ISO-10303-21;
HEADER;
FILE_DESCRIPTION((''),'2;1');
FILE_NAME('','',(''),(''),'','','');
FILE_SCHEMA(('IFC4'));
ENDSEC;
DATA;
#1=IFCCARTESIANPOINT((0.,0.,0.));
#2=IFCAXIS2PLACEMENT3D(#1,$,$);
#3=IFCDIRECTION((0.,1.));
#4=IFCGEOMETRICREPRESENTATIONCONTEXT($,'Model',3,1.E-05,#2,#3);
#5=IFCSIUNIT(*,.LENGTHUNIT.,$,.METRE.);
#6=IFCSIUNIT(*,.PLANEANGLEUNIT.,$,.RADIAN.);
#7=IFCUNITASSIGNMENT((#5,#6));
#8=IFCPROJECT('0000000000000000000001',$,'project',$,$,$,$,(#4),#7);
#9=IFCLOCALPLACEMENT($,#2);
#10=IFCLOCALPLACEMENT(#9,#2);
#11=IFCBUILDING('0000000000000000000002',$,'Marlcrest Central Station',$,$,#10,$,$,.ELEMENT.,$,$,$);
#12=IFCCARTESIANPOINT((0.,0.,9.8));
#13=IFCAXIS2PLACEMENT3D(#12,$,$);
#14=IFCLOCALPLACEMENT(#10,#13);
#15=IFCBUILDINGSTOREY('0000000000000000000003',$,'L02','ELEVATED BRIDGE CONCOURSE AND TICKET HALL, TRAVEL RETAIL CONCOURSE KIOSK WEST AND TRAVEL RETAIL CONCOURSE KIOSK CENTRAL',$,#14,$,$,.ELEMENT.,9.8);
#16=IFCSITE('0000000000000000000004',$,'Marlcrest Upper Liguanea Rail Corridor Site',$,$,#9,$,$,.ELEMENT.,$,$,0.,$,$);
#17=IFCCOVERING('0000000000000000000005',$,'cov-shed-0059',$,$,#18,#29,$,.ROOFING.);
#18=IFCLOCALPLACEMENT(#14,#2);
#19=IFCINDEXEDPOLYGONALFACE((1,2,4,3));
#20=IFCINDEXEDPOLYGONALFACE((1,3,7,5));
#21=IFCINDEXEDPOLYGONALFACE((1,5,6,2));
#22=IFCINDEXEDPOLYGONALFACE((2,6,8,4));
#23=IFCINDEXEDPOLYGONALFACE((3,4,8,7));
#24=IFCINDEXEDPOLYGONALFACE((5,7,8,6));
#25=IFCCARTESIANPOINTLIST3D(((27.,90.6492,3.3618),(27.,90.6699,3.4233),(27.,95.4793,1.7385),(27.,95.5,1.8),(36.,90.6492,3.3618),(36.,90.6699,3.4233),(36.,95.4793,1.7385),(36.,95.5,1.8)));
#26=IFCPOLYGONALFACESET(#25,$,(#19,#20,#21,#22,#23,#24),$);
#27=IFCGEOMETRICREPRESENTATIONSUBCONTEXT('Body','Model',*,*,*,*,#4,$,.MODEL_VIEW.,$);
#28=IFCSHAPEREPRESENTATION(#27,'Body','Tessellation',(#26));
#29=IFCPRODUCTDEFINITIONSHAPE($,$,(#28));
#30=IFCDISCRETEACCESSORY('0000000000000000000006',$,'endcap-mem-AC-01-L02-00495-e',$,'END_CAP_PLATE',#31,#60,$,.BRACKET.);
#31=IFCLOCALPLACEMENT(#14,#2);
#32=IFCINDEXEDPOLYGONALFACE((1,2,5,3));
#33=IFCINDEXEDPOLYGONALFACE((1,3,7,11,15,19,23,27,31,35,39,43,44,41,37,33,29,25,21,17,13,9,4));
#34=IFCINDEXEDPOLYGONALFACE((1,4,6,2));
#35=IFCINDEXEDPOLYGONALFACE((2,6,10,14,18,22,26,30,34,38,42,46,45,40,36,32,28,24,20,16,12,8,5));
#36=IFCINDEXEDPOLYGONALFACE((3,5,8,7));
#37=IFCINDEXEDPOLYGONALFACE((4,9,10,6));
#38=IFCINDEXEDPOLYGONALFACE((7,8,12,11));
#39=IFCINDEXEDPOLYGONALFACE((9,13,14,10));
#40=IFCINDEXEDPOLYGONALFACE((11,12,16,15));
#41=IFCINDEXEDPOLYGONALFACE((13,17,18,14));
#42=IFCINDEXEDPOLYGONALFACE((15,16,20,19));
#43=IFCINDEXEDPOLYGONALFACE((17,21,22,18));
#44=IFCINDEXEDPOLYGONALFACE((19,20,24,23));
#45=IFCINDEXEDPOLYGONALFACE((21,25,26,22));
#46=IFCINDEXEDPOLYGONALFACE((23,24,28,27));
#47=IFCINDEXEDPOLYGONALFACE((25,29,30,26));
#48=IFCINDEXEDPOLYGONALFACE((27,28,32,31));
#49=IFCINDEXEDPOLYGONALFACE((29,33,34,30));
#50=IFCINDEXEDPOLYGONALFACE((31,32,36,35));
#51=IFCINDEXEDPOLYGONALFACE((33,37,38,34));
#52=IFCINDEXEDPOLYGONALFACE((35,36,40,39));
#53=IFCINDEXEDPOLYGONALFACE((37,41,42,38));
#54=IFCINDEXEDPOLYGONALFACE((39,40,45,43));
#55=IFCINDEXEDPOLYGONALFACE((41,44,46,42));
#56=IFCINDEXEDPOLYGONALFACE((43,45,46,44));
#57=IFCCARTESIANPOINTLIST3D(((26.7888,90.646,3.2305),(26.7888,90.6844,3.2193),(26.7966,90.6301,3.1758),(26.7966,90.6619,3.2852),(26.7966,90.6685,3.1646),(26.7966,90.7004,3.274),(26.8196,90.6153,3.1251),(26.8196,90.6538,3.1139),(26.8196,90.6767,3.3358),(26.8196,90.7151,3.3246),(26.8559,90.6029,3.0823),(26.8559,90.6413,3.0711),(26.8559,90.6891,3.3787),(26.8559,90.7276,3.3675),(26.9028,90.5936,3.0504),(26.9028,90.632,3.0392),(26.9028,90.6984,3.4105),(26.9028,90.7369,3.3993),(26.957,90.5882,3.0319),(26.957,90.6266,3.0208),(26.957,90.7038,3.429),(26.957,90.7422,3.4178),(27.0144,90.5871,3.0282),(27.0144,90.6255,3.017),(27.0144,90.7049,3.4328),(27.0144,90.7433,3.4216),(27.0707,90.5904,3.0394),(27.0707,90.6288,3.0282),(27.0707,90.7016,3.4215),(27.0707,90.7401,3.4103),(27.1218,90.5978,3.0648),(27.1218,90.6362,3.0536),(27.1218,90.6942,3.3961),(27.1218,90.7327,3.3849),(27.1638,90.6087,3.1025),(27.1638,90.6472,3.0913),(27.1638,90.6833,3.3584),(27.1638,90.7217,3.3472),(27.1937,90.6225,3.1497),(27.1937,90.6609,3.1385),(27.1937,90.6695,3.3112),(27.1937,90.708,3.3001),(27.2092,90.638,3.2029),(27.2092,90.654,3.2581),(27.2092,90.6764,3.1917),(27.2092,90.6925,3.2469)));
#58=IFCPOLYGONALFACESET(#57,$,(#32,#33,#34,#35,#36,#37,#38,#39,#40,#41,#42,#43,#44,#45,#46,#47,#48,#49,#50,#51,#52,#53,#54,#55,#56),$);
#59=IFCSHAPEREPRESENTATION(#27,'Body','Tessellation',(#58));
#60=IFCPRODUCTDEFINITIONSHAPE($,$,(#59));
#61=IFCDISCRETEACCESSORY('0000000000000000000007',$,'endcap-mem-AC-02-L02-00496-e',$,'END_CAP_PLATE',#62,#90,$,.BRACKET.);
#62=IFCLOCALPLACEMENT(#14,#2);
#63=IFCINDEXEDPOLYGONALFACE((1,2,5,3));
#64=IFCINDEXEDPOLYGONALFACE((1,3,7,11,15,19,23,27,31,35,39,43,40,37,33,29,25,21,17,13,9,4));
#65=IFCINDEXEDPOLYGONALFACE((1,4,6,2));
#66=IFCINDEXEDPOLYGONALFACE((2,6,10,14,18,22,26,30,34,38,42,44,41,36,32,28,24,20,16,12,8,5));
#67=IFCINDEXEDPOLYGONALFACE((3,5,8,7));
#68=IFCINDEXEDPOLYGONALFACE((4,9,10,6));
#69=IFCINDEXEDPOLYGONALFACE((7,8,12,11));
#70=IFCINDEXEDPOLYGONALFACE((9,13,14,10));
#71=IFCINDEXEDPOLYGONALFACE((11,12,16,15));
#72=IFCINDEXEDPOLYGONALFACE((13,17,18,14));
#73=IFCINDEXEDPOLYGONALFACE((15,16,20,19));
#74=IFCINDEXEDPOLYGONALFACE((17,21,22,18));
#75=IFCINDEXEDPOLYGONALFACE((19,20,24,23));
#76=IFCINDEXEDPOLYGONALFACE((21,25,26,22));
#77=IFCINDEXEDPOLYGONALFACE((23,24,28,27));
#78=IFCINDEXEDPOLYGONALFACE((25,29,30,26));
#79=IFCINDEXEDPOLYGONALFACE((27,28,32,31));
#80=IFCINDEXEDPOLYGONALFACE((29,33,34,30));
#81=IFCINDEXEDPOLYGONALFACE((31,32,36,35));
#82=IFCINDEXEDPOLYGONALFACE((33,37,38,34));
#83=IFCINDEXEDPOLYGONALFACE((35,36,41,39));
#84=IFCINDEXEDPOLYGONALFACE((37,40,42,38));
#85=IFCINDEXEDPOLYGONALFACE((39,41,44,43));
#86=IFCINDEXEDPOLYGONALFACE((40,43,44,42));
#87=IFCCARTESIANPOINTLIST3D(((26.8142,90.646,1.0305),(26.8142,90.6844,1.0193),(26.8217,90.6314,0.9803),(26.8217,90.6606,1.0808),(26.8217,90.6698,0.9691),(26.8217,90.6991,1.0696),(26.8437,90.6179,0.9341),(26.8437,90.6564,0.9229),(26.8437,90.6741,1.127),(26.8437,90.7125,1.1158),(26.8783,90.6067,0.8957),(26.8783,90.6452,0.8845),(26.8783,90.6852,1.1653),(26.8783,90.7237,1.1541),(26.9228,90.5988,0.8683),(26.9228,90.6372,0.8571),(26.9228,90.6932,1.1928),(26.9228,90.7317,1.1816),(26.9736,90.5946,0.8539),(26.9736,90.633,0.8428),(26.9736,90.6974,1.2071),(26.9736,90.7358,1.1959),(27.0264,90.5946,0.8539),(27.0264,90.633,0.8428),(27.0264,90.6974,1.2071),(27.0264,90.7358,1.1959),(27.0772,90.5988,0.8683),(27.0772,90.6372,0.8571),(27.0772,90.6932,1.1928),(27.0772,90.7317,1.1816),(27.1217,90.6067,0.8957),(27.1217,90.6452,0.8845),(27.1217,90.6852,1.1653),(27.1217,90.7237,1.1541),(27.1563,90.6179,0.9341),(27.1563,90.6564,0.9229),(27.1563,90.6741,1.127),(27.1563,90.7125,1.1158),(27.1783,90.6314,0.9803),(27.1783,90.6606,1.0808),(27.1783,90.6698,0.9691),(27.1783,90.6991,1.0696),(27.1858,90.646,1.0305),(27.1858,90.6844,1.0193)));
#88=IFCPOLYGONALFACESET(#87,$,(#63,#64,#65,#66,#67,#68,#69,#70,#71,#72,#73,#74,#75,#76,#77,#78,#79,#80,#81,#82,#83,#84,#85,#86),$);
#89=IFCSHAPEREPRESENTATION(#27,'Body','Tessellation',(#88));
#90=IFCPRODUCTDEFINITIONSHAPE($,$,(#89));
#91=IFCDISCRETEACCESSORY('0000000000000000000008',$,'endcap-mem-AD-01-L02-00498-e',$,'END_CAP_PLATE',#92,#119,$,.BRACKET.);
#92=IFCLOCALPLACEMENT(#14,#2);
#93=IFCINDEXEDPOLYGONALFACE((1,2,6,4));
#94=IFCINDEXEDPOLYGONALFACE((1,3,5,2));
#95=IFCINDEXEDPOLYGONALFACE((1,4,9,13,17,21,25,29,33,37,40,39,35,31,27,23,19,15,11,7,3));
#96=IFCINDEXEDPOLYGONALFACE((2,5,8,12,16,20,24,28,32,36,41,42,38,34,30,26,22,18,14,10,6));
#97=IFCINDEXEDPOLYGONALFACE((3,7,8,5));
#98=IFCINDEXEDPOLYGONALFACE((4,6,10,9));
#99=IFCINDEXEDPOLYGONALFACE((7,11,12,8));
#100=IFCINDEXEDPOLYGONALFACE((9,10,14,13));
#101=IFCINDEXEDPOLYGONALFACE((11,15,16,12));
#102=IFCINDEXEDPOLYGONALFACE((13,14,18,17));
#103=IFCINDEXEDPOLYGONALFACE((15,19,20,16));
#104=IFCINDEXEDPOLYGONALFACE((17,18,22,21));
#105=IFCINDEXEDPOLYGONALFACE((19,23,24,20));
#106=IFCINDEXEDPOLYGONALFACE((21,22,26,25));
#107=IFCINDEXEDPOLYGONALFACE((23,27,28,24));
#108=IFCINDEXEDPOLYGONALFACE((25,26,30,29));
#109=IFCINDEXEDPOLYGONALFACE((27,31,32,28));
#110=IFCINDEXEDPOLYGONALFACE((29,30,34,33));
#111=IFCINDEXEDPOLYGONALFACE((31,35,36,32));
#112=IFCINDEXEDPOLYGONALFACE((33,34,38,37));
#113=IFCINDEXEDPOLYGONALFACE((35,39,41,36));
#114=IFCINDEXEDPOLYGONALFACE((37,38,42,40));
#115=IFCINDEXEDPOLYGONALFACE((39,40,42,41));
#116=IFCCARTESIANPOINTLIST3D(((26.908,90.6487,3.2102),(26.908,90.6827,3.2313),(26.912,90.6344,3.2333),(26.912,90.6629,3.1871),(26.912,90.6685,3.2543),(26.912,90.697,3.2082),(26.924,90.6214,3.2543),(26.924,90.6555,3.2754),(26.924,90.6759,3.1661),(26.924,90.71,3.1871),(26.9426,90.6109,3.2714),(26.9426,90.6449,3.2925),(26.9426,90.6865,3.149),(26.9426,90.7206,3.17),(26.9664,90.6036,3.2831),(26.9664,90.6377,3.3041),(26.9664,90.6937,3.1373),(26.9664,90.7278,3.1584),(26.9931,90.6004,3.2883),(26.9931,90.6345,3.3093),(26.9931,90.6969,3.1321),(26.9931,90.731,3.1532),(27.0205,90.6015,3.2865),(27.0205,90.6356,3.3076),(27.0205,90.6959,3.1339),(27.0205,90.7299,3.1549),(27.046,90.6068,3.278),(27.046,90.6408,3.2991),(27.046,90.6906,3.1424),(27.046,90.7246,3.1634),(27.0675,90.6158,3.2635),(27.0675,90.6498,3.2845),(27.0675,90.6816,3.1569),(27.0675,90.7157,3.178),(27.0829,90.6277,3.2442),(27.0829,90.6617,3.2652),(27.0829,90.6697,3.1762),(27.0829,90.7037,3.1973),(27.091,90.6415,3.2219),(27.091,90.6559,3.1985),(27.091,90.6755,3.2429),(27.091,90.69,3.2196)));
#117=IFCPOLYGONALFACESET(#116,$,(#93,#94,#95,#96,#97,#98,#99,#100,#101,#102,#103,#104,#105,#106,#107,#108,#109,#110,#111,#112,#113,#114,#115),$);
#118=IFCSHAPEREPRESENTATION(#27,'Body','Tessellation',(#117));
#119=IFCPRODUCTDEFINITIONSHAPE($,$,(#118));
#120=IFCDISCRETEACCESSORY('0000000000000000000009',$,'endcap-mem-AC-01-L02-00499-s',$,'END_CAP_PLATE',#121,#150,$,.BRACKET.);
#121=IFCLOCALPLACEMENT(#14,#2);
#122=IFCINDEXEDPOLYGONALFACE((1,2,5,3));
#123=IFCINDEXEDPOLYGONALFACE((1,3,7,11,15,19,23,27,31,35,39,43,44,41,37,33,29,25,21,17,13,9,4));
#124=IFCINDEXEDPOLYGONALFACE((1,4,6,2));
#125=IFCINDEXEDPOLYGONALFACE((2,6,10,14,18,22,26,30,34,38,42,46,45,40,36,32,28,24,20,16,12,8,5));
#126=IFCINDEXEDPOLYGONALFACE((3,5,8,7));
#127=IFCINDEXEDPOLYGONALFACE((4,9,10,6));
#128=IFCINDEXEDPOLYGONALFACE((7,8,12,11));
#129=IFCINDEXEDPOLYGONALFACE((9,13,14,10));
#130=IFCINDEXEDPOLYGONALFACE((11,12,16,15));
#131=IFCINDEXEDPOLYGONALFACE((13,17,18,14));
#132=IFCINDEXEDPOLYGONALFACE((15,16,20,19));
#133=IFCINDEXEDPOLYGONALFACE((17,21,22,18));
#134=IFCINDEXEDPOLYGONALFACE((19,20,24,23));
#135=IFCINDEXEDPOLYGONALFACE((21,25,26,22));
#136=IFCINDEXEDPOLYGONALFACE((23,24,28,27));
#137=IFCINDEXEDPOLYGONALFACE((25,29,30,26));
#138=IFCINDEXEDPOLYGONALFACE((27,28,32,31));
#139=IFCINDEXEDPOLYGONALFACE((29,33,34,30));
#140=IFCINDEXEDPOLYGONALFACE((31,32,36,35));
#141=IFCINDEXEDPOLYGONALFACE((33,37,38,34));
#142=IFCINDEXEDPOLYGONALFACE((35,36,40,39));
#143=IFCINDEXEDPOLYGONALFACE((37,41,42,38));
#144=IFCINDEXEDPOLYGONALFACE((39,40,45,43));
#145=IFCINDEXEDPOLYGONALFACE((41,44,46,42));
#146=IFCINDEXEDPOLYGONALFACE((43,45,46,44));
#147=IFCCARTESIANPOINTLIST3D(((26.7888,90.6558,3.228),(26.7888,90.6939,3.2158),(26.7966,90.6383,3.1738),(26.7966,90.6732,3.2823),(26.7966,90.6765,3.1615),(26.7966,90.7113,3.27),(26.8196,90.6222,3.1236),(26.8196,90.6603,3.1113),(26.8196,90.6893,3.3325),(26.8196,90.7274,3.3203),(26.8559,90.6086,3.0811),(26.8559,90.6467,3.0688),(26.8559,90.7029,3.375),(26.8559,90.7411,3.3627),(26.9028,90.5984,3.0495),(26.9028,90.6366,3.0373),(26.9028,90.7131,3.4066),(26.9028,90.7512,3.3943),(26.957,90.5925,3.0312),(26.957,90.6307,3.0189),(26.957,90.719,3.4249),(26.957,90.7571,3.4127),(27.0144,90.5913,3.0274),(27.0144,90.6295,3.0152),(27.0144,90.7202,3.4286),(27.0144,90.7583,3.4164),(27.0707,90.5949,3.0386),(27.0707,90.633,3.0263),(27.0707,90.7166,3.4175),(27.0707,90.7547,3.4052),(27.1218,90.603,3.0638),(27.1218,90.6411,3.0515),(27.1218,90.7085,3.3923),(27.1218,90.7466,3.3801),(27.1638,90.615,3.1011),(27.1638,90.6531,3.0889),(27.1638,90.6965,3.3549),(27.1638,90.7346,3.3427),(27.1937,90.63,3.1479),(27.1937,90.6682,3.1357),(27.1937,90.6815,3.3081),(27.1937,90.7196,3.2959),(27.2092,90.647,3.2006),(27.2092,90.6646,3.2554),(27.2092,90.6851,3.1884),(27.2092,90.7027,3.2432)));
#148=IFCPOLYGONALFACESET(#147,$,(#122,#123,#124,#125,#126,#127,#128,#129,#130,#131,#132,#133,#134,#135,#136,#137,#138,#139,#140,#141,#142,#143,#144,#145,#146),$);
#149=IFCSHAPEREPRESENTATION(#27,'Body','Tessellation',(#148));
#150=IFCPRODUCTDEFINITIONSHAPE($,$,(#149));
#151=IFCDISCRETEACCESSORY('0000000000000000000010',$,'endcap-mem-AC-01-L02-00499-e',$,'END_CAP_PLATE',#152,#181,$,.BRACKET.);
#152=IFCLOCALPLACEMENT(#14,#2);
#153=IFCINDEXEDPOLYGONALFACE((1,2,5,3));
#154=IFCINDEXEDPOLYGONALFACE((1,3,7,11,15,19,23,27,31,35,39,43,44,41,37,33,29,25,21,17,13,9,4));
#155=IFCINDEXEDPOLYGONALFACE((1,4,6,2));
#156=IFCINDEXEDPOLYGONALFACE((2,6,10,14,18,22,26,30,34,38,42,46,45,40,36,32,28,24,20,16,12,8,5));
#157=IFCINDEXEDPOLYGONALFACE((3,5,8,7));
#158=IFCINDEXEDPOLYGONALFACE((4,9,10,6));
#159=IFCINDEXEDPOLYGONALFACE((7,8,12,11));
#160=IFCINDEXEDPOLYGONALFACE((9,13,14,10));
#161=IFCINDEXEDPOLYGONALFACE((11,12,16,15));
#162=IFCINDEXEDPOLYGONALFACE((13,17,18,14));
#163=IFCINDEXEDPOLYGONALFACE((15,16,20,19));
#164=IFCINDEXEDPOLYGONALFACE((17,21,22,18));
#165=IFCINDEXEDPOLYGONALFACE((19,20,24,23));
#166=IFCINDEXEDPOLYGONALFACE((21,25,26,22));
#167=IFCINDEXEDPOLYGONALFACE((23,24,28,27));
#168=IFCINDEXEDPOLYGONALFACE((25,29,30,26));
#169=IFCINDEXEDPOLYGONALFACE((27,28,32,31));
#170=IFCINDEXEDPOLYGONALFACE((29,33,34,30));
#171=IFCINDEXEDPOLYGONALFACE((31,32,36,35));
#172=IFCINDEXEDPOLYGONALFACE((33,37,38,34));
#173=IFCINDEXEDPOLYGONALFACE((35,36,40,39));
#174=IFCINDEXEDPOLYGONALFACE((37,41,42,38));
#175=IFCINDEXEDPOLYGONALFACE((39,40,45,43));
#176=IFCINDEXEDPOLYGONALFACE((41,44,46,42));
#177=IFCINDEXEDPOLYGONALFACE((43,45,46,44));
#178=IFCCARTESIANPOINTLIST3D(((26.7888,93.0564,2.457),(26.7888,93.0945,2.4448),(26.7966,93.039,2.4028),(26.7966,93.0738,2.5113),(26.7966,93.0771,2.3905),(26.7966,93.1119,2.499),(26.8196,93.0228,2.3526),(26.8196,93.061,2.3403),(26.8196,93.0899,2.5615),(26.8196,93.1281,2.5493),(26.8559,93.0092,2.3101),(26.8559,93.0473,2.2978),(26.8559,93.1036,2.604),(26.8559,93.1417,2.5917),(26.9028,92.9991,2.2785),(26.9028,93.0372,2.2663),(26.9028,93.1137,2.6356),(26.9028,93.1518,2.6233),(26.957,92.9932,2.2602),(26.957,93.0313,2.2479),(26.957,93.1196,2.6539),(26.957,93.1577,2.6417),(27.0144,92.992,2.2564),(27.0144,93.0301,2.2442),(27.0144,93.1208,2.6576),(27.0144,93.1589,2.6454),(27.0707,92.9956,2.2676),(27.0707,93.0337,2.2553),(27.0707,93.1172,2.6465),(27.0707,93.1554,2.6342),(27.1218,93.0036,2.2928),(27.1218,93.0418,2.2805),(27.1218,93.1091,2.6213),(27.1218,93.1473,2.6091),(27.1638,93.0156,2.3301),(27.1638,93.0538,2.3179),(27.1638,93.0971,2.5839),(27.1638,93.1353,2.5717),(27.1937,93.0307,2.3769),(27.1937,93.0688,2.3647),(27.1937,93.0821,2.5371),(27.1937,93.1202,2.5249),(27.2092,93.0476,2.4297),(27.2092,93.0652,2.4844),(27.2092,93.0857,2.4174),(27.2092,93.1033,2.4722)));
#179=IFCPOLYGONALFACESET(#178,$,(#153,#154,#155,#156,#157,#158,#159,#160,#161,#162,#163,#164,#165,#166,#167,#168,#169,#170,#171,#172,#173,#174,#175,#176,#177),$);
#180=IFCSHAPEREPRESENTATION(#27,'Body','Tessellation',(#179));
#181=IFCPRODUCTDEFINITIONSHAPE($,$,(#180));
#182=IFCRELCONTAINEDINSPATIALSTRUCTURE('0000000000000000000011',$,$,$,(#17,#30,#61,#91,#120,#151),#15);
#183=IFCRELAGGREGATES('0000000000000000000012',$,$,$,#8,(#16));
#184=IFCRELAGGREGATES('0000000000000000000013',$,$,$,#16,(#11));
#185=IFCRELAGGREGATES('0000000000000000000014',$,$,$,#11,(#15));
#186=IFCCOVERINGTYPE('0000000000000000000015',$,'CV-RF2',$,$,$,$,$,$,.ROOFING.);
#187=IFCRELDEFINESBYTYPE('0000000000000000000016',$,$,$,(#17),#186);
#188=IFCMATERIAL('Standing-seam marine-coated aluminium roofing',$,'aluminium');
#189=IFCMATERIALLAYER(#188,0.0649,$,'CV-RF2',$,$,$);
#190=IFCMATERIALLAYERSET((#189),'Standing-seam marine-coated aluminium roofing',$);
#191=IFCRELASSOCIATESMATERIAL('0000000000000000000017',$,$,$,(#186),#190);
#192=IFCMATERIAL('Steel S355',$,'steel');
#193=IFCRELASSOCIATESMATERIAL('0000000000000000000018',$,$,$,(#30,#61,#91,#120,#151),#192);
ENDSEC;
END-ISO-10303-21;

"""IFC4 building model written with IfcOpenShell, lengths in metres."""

from ifc_helpers import new_model, si_unit, direction, frame, origin, origin_2d, place, context, subcontext, project, spatial, polyline, circle, outline, extrude, material, layer, layer_set, type_object, element, save


model = new_model("IFC4")

# Units and contexts
model_context = context("Model", 3, precision=1e-05, world=origin(), true_north=direction((0.0, 1.0)))
body_context = subcontext(model_context, "Body", "Model", "MODEL_VIEW")
ifc_project = project(units=[si_unit("LENGTHUNIT", "METRE"), si_unit("PLANEANGLEUNIT", "RADIAN")], contexts=[model_context])

# Site, building, storey
site_placement = place(None, origin())
site = spatial("IfcSite", under=ifc_project, at=site_placement, Name="Marlcrest Upper Liguanea Rail Corridor Site", CompositionType="ELEMENT", RefElevation=0.0)
building_placement = place(site_placement, origin())
building = spatial("IfcBuilding", under=site, at=building_placement, Name="Marlcrest Central Station", CompositionType="ELEMENT")
storey_placement = place(building_placement, frame((0.0, 0.0, 9.8)))
storey = spatial("IfcBuildingStorey", under=building, at=storey_placement, Name="L02", Description="ELEVATED BRIDGE CONCOURSE AND TICKET HALL, TRAVEL RETAIL CONCOURSE KIOSK WEST AND TRAVEL RETAIL CONCOURSE KIOSK CENTRAL", CompositionType="ELEMENT", Elevation=9.8)

# Shared definitions
ifc_material_1 = material(Name="Steel S355", Category="steel")

# Covering
ifc_material_2 = material(Name="Standing-seam marine-coated aluminium roofing", Category="aluminium")
ifc_layer_1 = layer(ifc_material_2, 0.0649, Name="CV-RF2")
ifc_layer_set_1 = layer_set([ifc_layer_1], Name="Standing-seam marine-coated aluminium roofing")
covering_type = type_object("IfcCoveringType", Name="CV-RF2", PredefinedType="ROOFING", material=ifc_layer_set_1)
covering_placement = place(storey_placement, frame((27.0, 90.6699, 3.4233), z_axis=(0.0, 0.31857, 0.947899), x_axis=(1.0, 0.0, 0.0)))
element("IfcCovering", 1, at=covering_placement, inside=storey, type_object=covering_type, Name="cov-shed-0059", PredefinedType="ROOFING", context=body_context, shape_type="SweptSolid", body=[
    extrude(outline(polyline([(0.0, 0.0), (9.0, 0.0), (9.0, 5.0956), (0.0, 5.0956), (0.0, 0.0)])), origin(), (0.0, 0.0, -1.0), 0.0649),
])

# Discrete accessories
discrete_accessory_1_placement = place(storey_placement, frame((27.0, 90.646, 3.2305), z_axis=(0.0, 0.96013, -0.279554), x_axis=(-1.0, 0.0, 0.0)))
element("IfcDiscreteAccessory", 2, at=discrete_accessory_1_placement, inside=storey, material=ifc_material_1, Name="endcap-mem-AC-01-L02-00495-e", ObjectType="END_CAP_PLATE", PredefinedType="BRACKET", context=body_context, shape_type="SweptSolid", body=[
    extrude(circle(Radius=0.2112, at=origin_2d()), origin(), (0.0, 0.0, 1.0), 0.04),
])
discrete_accessory_2_placement = place(storey_placement, frame((27.0, 90.646, 1.0305), z_axis=(0.0, 0.96013, -0.279554), x_axis=(-1.0, 0.0, 0.0)))
element("IfcDiscreteAccessory", 3, at=discrete_accessory_2_placement, inside=storey, material=ifc_material_1, Name="endcap-mem-AC-02-L02-00496-e", ObjectType="END_CAP_PLATE", PredefinedType="BRACKET", context=body_context, shape_type="SweptSolid", body=[
    extrude(circle(Radius=0.1858, at=origin_2d()), origin(), (0.0, 0.0, 1.0), 0.04),
])
discrete_accessory_3_placement = place(storey_placement, frame((27.0, 90.6487, 3.2102), z_axis=(0.0, 0.850687, 0.525672), x_axis=(-1.0, 0.0, 0.0)))
element("IfcDiscreteAccessory", 4, at=discrete_accessory_3_placement, inside=storey, material=ifc_material_1, Name="endcap-mem-AD-01-L02-00498-e", ObjectType="END_CAP_PLATE", PredefinedType="BRACKET", context=body_context, shape_type="SweptSolid", body=[
    extrude(circle(Radius=0.092, at=origin_2d()), origin(), (0.0, 0.0, 1.0), 0.04),
])
for number, where, z_axis, x_axis, name in (
    (5, (27.0, 90.6558, 3.228), (0.0, 0.952117, -0.305734), (-1.0, 0.0, 0.0), "endcap-mem-AC-01-L02-00499-s"),
    (6, (27.0, 93.0564, 2.457), (0.0, 0.952117, -0.305734), (-1.0, 0.0, 0.0), "endcap-mem-AC-01-L02-00499-e"),
):
    element("IfcDiscreteAccessory", number, at=place(storey_placement, frame(where, z_axis=z_axis, x_axis=x_axis)), inside=storey, material=ifc_material_1, Name=name, ObjectType="END_CAP_PLATE", PredefinedType="BRACKET", context=body_context, shape_type="SweptSolid", body=[
        extrude(circle(Radius=0.2112, at=origin_2d()), origin(), (0.0, 0.0, 1.0), 0.04),
    ])

save(model, "model.ifc")
